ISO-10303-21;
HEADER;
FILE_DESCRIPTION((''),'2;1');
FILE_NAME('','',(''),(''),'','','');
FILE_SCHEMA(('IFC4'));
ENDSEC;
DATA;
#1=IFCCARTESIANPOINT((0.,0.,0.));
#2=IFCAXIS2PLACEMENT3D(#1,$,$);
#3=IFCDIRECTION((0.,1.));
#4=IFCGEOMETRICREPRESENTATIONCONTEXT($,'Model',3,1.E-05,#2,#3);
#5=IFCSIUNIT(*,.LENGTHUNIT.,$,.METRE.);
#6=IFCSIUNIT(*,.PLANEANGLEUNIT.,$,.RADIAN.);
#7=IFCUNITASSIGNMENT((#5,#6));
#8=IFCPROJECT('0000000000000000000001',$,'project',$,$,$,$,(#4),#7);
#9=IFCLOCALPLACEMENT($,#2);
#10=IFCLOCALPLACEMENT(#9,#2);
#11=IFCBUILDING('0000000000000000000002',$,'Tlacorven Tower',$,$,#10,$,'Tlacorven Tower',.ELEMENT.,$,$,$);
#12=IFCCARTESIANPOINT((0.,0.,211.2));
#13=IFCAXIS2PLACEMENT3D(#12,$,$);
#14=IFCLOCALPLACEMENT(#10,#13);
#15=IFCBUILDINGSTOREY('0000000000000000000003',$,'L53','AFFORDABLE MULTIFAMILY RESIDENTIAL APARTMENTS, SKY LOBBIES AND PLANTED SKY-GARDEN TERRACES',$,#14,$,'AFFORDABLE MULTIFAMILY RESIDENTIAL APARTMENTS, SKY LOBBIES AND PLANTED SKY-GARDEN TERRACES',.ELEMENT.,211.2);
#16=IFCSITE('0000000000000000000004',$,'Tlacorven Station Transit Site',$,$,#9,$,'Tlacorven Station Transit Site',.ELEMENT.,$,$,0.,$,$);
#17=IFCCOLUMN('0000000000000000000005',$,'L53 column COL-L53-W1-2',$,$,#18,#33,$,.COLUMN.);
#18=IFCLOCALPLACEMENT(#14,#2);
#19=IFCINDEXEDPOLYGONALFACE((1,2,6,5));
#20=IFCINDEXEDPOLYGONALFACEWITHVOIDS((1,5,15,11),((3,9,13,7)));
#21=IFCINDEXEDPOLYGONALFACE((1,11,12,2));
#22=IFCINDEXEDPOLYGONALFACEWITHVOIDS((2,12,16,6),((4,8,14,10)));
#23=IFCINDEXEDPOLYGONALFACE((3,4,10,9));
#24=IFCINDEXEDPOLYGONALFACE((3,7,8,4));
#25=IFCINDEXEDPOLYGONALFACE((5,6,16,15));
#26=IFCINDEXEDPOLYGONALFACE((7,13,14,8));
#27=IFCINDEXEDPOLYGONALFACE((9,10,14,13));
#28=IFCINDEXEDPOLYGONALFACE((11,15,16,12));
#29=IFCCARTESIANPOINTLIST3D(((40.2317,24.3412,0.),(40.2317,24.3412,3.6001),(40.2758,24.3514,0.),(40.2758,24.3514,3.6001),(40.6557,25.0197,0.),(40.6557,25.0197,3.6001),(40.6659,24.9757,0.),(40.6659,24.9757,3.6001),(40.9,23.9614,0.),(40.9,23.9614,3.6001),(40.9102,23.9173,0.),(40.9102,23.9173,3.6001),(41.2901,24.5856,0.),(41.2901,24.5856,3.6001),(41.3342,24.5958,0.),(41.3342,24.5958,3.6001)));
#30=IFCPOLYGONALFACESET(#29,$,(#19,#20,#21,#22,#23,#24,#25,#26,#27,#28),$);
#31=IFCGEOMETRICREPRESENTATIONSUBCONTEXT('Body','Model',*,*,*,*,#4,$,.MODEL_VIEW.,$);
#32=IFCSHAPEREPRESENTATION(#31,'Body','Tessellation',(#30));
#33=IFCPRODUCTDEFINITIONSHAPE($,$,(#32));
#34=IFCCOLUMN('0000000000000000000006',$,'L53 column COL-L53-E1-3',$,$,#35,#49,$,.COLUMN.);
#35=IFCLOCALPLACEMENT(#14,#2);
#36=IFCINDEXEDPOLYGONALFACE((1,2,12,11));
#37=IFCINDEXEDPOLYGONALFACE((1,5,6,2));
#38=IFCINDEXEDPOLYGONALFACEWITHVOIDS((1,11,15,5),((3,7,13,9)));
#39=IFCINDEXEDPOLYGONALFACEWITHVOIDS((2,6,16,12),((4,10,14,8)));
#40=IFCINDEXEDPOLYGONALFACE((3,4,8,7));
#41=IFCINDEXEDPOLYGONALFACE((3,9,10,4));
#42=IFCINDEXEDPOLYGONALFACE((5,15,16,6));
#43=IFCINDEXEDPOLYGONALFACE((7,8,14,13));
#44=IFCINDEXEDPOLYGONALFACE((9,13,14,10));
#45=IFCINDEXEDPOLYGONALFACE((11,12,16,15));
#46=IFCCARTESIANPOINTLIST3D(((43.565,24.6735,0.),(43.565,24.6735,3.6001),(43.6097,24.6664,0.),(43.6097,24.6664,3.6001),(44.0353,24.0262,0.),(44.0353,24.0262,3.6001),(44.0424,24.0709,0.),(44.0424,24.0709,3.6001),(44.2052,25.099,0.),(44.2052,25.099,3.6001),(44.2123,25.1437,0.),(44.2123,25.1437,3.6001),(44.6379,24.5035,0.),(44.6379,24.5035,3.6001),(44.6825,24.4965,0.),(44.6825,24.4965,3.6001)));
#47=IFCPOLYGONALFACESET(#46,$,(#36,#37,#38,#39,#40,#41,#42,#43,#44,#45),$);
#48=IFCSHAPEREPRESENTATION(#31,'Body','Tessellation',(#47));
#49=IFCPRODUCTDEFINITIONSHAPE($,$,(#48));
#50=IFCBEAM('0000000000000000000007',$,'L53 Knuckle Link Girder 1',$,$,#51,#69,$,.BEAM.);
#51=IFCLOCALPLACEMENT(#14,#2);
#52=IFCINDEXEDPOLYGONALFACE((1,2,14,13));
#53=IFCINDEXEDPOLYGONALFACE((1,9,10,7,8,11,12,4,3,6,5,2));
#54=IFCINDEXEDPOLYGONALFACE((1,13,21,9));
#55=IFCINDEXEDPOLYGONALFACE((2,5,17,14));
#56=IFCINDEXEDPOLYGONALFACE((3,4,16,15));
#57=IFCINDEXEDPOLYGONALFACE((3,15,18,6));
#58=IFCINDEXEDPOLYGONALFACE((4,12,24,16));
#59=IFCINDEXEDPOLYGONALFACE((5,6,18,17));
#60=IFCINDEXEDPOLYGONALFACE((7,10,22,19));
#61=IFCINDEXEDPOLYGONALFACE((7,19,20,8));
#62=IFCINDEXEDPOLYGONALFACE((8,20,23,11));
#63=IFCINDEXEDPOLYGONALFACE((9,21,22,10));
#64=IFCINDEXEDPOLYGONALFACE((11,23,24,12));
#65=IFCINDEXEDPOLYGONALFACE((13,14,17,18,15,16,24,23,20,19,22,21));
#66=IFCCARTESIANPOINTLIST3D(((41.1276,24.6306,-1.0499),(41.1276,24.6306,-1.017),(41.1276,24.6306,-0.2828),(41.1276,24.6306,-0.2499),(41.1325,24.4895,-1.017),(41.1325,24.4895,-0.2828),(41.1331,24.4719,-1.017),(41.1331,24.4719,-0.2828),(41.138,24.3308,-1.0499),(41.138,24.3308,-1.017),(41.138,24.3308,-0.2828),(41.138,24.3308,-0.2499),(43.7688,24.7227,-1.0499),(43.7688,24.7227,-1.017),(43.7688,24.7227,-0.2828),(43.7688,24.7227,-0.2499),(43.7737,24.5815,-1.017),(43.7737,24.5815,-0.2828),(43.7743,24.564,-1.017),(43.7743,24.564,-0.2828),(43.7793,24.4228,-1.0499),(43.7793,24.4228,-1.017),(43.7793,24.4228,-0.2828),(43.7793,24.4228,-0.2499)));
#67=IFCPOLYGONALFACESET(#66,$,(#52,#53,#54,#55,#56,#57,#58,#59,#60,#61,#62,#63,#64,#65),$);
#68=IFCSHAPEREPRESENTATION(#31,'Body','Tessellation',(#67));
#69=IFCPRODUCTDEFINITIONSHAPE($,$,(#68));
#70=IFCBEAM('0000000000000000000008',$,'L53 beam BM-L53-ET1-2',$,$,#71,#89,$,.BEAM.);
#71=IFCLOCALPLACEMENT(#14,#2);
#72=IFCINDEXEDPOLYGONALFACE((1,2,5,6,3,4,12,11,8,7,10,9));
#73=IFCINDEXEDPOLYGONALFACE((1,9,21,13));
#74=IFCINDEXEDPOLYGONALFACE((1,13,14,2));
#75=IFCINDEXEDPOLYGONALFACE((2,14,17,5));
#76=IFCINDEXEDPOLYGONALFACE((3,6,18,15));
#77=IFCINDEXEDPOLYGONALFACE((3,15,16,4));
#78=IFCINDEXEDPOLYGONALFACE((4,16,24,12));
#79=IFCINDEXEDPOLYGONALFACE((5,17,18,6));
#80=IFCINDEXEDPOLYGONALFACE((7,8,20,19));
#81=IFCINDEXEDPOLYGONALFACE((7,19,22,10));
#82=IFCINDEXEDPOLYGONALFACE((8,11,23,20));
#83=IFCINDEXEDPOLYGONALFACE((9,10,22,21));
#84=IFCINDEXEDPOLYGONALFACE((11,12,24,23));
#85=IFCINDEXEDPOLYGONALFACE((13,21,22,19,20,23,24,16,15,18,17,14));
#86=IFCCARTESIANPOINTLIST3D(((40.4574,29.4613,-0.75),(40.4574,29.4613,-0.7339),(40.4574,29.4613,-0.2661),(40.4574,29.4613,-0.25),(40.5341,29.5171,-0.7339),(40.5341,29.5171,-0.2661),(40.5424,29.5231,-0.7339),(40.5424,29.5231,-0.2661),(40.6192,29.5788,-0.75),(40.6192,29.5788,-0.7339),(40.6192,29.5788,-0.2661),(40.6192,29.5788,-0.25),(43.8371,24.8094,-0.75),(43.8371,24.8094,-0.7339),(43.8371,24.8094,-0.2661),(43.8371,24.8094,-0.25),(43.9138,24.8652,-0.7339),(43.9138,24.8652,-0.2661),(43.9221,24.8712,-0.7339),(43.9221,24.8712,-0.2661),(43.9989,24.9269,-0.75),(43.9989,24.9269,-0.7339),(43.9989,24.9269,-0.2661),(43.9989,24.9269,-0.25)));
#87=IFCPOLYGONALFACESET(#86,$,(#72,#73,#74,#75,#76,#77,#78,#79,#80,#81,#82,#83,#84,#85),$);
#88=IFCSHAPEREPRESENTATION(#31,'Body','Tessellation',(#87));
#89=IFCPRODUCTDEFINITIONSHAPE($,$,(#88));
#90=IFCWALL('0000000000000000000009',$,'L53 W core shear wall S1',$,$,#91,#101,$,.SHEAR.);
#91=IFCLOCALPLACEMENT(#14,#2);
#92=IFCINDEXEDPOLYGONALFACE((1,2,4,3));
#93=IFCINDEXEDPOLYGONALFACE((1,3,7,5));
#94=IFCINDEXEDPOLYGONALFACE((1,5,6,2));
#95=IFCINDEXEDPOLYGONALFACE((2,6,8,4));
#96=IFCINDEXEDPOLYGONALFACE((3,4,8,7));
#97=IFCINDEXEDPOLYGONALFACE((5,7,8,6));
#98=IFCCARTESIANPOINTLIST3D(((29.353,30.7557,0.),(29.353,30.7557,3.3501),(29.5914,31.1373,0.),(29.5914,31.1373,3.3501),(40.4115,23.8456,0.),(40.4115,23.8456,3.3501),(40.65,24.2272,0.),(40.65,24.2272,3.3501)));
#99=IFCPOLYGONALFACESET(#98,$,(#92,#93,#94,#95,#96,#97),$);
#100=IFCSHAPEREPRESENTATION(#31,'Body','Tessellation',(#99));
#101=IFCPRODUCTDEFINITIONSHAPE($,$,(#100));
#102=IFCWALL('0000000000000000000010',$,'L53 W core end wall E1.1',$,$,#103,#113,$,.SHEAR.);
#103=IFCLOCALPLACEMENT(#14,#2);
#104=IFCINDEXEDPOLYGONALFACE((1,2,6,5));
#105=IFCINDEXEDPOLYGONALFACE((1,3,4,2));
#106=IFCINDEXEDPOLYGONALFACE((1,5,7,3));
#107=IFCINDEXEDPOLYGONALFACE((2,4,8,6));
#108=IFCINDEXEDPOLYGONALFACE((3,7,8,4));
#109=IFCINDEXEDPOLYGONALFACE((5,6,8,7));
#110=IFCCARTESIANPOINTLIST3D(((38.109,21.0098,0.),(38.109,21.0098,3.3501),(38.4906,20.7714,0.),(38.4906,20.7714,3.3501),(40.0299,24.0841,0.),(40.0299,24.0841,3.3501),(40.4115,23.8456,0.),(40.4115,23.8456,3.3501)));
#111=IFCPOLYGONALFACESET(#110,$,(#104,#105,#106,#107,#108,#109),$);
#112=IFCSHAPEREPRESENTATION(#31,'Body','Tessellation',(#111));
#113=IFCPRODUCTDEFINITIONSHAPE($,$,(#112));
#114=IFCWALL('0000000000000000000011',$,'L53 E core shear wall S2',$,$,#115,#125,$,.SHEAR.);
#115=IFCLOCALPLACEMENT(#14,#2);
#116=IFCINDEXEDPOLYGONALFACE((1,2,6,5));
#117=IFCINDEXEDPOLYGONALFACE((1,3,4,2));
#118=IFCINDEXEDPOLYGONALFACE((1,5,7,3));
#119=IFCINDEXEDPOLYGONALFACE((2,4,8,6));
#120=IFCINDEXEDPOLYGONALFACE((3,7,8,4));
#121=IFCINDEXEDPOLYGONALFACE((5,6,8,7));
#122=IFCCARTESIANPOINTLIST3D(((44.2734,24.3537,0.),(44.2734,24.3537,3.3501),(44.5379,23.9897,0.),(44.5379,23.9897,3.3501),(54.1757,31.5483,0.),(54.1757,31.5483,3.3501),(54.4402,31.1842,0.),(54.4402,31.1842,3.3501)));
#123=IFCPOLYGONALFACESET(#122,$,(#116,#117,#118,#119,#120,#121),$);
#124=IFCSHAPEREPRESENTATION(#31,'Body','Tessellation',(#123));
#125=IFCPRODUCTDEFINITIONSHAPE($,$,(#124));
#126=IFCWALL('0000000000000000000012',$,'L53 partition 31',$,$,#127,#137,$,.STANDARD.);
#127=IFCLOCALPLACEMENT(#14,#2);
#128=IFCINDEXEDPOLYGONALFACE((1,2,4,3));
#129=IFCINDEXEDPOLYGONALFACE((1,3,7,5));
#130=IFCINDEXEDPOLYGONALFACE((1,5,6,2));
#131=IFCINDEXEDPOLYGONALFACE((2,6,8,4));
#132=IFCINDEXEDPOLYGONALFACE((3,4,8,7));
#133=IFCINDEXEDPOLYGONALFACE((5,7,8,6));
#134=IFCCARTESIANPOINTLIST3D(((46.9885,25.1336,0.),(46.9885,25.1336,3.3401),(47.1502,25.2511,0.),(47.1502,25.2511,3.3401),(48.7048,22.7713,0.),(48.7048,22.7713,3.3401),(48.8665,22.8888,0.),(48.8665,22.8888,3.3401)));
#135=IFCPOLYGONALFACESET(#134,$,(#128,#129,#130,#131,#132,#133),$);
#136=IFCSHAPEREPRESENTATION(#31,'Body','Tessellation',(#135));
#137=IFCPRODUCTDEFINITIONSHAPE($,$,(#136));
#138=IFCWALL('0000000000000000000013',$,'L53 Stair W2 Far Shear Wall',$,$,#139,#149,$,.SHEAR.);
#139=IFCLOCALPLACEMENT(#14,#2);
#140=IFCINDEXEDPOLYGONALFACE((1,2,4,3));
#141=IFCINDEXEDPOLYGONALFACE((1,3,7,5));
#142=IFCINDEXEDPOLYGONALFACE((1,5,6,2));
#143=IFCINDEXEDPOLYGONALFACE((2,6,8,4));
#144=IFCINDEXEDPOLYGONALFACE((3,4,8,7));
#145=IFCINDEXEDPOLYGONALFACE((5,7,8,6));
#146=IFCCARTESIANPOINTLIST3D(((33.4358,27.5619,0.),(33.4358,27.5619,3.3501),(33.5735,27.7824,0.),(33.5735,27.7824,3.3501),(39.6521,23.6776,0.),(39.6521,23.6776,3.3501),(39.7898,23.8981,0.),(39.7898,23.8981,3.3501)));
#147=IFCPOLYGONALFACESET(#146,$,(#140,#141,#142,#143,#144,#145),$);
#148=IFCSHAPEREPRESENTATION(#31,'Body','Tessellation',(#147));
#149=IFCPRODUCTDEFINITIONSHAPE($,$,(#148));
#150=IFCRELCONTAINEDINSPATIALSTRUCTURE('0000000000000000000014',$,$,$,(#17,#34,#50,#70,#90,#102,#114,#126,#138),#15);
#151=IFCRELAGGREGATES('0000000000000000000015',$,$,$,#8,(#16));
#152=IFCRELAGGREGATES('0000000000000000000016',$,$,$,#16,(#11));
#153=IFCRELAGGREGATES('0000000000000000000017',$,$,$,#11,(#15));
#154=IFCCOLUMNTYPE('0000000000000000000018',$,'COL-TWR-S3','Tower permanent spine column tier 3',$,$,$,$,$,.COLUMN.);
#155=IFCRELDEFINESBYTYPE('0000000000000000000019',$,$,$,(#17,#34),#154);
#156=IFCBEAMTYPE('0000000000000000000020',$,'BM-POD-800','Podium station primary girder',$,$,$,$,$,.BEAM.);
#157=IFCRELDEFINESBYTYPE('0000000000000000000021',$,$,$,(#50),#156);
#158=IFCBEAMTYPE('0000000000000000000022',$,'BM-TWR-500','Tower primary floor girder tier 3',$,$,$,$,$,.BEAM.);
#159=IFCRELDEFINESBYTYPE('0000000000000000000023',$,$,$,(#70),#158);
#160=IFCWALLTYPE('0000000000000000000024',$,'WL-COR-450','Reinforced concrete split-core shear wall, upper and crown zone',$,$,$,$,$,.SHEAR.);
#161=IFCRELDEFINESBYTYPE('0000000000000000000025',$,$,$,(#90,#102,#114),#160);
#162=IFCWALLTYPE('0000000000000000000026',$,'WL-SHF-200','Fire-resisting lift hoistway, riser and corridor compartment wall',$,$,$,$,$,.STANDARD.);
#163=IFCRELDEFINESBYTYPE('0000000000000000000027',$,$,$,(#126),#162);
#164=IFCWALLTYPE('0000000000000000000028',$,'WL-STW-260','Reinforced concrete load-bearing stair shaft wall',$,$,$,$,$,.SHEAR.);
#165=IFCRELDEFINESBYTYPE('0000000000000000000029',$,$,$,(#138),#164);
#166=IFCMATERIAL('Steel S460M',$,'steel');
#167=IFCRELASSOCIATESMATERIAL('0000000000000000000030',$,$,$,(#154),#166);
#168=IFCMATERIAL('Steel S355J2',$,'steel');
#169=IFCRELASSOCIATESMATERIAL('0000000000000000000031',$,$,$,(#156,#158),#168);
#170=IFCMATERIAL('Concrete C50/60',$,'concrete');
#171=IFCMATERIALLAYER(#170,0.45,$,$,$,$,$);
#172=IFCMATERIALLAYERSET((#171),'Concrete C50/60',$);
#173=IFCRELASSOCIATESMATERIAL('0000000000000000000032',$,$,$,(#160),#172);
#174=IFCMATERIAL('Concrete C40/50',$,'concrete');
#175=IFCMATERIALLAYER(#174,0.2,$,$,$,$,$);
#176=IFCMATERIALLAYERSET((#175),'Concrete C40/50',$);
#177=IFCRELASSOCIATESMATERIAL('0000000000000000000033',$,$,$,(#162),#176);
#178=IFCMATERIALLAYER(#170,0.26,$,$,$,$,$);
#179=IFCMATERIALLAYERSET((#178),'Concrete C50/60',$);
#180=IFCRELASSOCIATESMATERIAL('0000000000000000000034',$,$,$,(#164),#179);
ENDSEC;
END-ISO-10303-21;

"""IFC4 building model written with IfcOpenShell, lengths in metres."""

from ifc_helpers import new_model, si_unit, direction, frame, frame_2d, origin, origin_2d, place, context, subcontext, project, spatial, rectangle, hollow_rectangle, i_section, extrude, source, transform, mapped, material, layer, layer_set, material_profile, profile_set, type_object, element, save


model = new_model("IFC4")

# Units and contexts
model_context = context("Model", 3, precision=1e-05, world=origin(), true_north=direction((0.0, 1.0)))
body_context = subcontext(model_context, "Body", "Model", "MODEL_VIEW")
ifc_project = project(units=[si_unit("LENGTHUNIT", "METRE"), si_unit("PLANEANGLEUNIT", "RADIAN")], contexts=[model_context])

# Site, building, storey
site_placement = place(None, origin())
site = spatial("IfcSite", under=ifc_project, at=site_placement, Name="Tlacorven Station Transit Site", LongName="Tlacorven Station Transit Site", CompositionType="ELEMENT", RefElevation=0.0)
building_placement = place(site_placement, origin())
building = spatial("IfcBuilding", under=site, at=building_placement, Name="Tlacorven Tower", LongName="Tlacorven Tower", CompositionType="ELEMENT")
storey_placement = place(building_placement, frame((0.0, 0.0, 211.2)))
storey = spatial("IfcBuildingStorey", under=building, at=storey_placement, Name="L53", Description="AFFORDABLE MULTIFAMILY RESIDENTIAL APARTMENTS, SKY LOBBIES AND PLANTED SKY-GARDEN TERRACES", LongName="AFFORDABLE MULTIFAMILY RESIDENTIAL APARTMENTS, SKY LOBBIES AND PLANTED SKY-GARDEN TERRACES", CompositionType="ELEMENT", Elevation=211.2)

# Columns
ifc_material_1 = material(Name="Steel S460M", Category="steel")
ifc_material_profile_1 = material_profile(ifc_material_1, hollow_rectangle(XDim=0.8, YDim=0.8, WallThickness=0.032, at=origin_2d()), Name="BOX 800X800X32")
ifc_profile_set_1 = profile_set([ifc_material_profile_1], Name="Steel S460M")
column_type = type_object("IfcColumnType", Name="COL-TWR-S3", Description="Tower permanent spine column tier 3", PredefinedType="COLUMN", material=ifc_profile_set_1)
shared_shape_1 = source(origin(), body_context, "Body", "SweptSolid", [
    extrude(hollow_rectangle(XDim=0.8, YDim=0.8, WallThickness=0.032, at=origin_2d()), origin(), (0.0, 0.0, 1.0), 3.6001),
])
for number, where, z_axis, x_axis, name in (
    (1, (40.783, 24.4685, 0.0), (0.0, 0.0, 1.0), (-0.848048, 0.529919, 0.0), "L53 column COL-L53-W1-2"),
    (2, (44.1238, 24.585, 0.0), (0.0, 0.0, 1.0), (0.809017, 0.587785, 0.0), "L53 column COL-L53-E1-3"),
):
    element("IfcColumn", number, at=place(storey_placement, frame(where, z_axis=z_axis, x_axis=x_axis)), inside=storey, type_object=column_type, Name=name, PredefinedType="COLUMN", context=body_context, shape_type="MappedRepresentation", body=[
        mapped(shared_shape_1, transform((0.0, 0.0, 0.0), scale=1.0)),
    ])

# Beams
ifc_material_2 = material(Name="Steel S355J2", Category="steel")
ifc_material_profile_2 = material_profile(ifc_material_2, i_section(OverallWidth=0.3, OverallDepth=0.8, WebThickness=0.0176, FlangeThickness=0.033, at=origin_2d()), Name="HEB 800")
ifc_profile_set_2 = profile_set([ifc_material_profile_2], Name="Steel S355J2")
beam_type_1 = type_object("IfcBeamType", Name="BM-POD-800", Description="Podium station primary girder", PredefinedType="BEAM", material=ifc_profile_set_2)
shared_shape_2 = source(origin(), body_context, "Body", "SweptSolid", [
    extrude(i_section(OverallWidth=0.3, OverallDepth=0.8, WebThickness=0.0176, FlangeThickness=0.033, at=origin_2d()), origin(), (0.0, 0.0, 1.0), 2.6428),
])
beam_1_placement = place(storey_placement, frame((41.1328, 24.4807, -0.6499), z_axis=(0.999393, 0.034828, 0.0), x_axis=(-0.034828, 0.999393, 0.0)))
element("IfcBeam", 3, at=beam_1_placement, inside=storey, type_object=beam_type_1, Name="L53 Knuckle Link Girder 1", PredefinedType="BEAM", context=body_context, shape_type="MappedRepresentation", body=[
    mapped(shared_shape_2, transform((0.0, 0.0, 0.0), scale=1.0)),
])
ifc_material_profile_3 = material_profile(ifc_material_2, i_section(OverallWidth=0.2, OverallDepth=0.5, WebThickness=0.0103, FlangeThickness=0.0161, at=origin_2d()), Name="IPE 500")
ifc_profile_set_3 = profile_set([ifc_material_profile_3], Name="Steel S355J2")
beam_type_2 = type_object("IfcBeamType", Name="BM-TWR-500", Description="Tower primary floor girder tier 3", PredefinedType="BEAM", material=ifc_profile_set_3)
shared_shape_3 = source(origin(), body_context, "Body", "SweptSolid", [
    extrude(i_section(OverallWidth=0.2, OverallDepth=0.5, WebThickness=0.0103, FlangeThickness=0.0161, at=origin_2d()), origin(), (0.0, 0.0, 1.0), 5.75),
])
beam_2_placement = place(storey_placement, frame((43.918, 24.8682, -0.5), z_axis=(-0.58777, 0.809028, 0.0), x_axis=(-0.809028, -0.58777, 0.0)))
element("IfcBeam", 4, at=beam_2_placement, inside=storey, type_object=beam_type_2, Name="L53 beam BM-L53-ET1-2", PredefinedType="BEAM", context=body_context, shape_type="MappedRepresentation", body=[
    mapped(shared_shape_3, transform((0.0, 0.0, 0.0), scale=1.0)),
])

# Walls
ifc_material_3 = material(Name="Concrete C50/60", Category="concrete")
ifc_layer_1 = layer(ifc_material_3, 0.45)
ifc_layer_set_1 = layer_set([ifc_layer_1], Name="Concrete C50/60")
wall_type_1 = type_object("IfcWallType", Name="WL-COR-450", Description="Reinforced concrete split-core shear wall, upper and crown zone", PredefinedType="SHEAR", material=ifc_layer_set_1)
wall_1_placement = place(storey_placement, frame((40.5308, 24.0364, 0.0), z_axis=(0.0, 0.0, 1.0), x_axis=(-0.848049, 0.529918, 0.0)))
element("IfcWall", 5, at=wall_1_placement, inside=storey, type_object=wall_type_1, Name="L53 W core shear wall S1", PredefinedType="SHEAR", context=body_context, shape_type="SweptSolid", body=[
    extrude(rectangle(XDim=13.04, YDim=0.45, at=frame_2d((6.52, 0.0))), origin(), (0.0, 0.0, 1.0), 3.3501),
])
wall_2_placement = place(storey_placement, frame((40.2207, 23.9648, 0.0), z_axis=(0.0, 0.0, 1.0), x_axis=(-0.529902, -0.848059, 0.0)))
element("IfcWall", 6, at=wall_2_placement, inside=storey, type_object=wall_type_1, Name="L53 W core end wall E1.1", PredefinedType="SHEAR", context=body_context, shape_type="SweptSolid", body=[
    extrude(rectangle(XDim=3.625, YDim=0.45, at=frame_2d((1.8125, 0.0))), origin(), (0.0, 0.0, 1.0), 3.3501),
])
wall_3_placement = place(storey_placement, frame((44.4055, 24.1716, 0.0), z_axis=(0.0, 0.0, 1.0), x_axis=(0.809013, 0.587791, 0.0)))
element("IfcWall", 7, at=wall_3_placement, inside=storey, type_object=wall_type_1, Name="L53 E core shear wall S2", PredefinedType="SHEAR", context=body_context, shape_type="SweptSolid", body=[
    extrude(rectangle(XDim=12.24, YDim=0.45, at=frame_2d((6.1201, 0.0))), origin(), (0.0, 0.0, 1.0), 3.3501),
])
ifc_material_4 = material(Name="Concrete C40/50", Category="concrete")
ifc_layer_2 = layer(ifc_material_4, 0.2)
ifc_layer_set_2 = layer_set([ifc_layer_2], Name="Concrete C40/50")
wall_type_2 = type_object("IfcWallType", Name="WL-SHF-200", Description="Fire-resisting lift hoistway, riser and corridor compartment wall", PredefinedType="STANDARD", material=ifc_layer_set_2)
wall_4_placement = place(storey_placement, frame((48.7856, 22.8301, 0.0), z_axis=(0.0, 0.0, 1.0), x_axis=(-0.587784, 0.809018, 0.0)))
element("IfcWall", 8, at=wall_4_placement, inside=storey, type_object=wall_type_2, Name="L53 partition 31", PredefinedType="STANDARD", context=body_context, shape_type="SweptSolid", body=[
    extrude(rectangle(XDim=2.9199, YDim=0.2, at=frame_2d((1.46, 0.0))), origin(), (0.0, 0.0, 1.0), 3.3401),
])
ifc_layer_3 = layer(ifc_material_3, 0.26)
ifc_layer_set_3 = layer_set([ifc_layer_3], Name="Concrete C50/60")
wall_type_3 = type_object("IfcWallType", Name="WL-STW-260", Description="Reinforced concrete load-bearing stair shaft wall", PredefinedType="SHEAR", material=ifc_layer_set_3)
wall_5_placement = place(storey_placement, frame((39.7209, 23.7878, 0.0), z_axis=(0.0, 0.0, 1.0), x_axis=(-0.848054, 0.529909, 0.0)))
element("IfcWall", 9, at=wall_5_placement, inside=storey, type_object=wall_type_3, Name="L53 Stair W2 Far Shear Wall", PredefinedType="SHEAR", context=body_context, shape_type="SweptSolid", body=[
    extrude(rectangle(XDim=7.3301, YDim=0.26, at=frame_2d((3.665, 0.0))), origin(), (0.0, 0.0, 1.0), 3.3501),
])

save(model, "model.ifc")
